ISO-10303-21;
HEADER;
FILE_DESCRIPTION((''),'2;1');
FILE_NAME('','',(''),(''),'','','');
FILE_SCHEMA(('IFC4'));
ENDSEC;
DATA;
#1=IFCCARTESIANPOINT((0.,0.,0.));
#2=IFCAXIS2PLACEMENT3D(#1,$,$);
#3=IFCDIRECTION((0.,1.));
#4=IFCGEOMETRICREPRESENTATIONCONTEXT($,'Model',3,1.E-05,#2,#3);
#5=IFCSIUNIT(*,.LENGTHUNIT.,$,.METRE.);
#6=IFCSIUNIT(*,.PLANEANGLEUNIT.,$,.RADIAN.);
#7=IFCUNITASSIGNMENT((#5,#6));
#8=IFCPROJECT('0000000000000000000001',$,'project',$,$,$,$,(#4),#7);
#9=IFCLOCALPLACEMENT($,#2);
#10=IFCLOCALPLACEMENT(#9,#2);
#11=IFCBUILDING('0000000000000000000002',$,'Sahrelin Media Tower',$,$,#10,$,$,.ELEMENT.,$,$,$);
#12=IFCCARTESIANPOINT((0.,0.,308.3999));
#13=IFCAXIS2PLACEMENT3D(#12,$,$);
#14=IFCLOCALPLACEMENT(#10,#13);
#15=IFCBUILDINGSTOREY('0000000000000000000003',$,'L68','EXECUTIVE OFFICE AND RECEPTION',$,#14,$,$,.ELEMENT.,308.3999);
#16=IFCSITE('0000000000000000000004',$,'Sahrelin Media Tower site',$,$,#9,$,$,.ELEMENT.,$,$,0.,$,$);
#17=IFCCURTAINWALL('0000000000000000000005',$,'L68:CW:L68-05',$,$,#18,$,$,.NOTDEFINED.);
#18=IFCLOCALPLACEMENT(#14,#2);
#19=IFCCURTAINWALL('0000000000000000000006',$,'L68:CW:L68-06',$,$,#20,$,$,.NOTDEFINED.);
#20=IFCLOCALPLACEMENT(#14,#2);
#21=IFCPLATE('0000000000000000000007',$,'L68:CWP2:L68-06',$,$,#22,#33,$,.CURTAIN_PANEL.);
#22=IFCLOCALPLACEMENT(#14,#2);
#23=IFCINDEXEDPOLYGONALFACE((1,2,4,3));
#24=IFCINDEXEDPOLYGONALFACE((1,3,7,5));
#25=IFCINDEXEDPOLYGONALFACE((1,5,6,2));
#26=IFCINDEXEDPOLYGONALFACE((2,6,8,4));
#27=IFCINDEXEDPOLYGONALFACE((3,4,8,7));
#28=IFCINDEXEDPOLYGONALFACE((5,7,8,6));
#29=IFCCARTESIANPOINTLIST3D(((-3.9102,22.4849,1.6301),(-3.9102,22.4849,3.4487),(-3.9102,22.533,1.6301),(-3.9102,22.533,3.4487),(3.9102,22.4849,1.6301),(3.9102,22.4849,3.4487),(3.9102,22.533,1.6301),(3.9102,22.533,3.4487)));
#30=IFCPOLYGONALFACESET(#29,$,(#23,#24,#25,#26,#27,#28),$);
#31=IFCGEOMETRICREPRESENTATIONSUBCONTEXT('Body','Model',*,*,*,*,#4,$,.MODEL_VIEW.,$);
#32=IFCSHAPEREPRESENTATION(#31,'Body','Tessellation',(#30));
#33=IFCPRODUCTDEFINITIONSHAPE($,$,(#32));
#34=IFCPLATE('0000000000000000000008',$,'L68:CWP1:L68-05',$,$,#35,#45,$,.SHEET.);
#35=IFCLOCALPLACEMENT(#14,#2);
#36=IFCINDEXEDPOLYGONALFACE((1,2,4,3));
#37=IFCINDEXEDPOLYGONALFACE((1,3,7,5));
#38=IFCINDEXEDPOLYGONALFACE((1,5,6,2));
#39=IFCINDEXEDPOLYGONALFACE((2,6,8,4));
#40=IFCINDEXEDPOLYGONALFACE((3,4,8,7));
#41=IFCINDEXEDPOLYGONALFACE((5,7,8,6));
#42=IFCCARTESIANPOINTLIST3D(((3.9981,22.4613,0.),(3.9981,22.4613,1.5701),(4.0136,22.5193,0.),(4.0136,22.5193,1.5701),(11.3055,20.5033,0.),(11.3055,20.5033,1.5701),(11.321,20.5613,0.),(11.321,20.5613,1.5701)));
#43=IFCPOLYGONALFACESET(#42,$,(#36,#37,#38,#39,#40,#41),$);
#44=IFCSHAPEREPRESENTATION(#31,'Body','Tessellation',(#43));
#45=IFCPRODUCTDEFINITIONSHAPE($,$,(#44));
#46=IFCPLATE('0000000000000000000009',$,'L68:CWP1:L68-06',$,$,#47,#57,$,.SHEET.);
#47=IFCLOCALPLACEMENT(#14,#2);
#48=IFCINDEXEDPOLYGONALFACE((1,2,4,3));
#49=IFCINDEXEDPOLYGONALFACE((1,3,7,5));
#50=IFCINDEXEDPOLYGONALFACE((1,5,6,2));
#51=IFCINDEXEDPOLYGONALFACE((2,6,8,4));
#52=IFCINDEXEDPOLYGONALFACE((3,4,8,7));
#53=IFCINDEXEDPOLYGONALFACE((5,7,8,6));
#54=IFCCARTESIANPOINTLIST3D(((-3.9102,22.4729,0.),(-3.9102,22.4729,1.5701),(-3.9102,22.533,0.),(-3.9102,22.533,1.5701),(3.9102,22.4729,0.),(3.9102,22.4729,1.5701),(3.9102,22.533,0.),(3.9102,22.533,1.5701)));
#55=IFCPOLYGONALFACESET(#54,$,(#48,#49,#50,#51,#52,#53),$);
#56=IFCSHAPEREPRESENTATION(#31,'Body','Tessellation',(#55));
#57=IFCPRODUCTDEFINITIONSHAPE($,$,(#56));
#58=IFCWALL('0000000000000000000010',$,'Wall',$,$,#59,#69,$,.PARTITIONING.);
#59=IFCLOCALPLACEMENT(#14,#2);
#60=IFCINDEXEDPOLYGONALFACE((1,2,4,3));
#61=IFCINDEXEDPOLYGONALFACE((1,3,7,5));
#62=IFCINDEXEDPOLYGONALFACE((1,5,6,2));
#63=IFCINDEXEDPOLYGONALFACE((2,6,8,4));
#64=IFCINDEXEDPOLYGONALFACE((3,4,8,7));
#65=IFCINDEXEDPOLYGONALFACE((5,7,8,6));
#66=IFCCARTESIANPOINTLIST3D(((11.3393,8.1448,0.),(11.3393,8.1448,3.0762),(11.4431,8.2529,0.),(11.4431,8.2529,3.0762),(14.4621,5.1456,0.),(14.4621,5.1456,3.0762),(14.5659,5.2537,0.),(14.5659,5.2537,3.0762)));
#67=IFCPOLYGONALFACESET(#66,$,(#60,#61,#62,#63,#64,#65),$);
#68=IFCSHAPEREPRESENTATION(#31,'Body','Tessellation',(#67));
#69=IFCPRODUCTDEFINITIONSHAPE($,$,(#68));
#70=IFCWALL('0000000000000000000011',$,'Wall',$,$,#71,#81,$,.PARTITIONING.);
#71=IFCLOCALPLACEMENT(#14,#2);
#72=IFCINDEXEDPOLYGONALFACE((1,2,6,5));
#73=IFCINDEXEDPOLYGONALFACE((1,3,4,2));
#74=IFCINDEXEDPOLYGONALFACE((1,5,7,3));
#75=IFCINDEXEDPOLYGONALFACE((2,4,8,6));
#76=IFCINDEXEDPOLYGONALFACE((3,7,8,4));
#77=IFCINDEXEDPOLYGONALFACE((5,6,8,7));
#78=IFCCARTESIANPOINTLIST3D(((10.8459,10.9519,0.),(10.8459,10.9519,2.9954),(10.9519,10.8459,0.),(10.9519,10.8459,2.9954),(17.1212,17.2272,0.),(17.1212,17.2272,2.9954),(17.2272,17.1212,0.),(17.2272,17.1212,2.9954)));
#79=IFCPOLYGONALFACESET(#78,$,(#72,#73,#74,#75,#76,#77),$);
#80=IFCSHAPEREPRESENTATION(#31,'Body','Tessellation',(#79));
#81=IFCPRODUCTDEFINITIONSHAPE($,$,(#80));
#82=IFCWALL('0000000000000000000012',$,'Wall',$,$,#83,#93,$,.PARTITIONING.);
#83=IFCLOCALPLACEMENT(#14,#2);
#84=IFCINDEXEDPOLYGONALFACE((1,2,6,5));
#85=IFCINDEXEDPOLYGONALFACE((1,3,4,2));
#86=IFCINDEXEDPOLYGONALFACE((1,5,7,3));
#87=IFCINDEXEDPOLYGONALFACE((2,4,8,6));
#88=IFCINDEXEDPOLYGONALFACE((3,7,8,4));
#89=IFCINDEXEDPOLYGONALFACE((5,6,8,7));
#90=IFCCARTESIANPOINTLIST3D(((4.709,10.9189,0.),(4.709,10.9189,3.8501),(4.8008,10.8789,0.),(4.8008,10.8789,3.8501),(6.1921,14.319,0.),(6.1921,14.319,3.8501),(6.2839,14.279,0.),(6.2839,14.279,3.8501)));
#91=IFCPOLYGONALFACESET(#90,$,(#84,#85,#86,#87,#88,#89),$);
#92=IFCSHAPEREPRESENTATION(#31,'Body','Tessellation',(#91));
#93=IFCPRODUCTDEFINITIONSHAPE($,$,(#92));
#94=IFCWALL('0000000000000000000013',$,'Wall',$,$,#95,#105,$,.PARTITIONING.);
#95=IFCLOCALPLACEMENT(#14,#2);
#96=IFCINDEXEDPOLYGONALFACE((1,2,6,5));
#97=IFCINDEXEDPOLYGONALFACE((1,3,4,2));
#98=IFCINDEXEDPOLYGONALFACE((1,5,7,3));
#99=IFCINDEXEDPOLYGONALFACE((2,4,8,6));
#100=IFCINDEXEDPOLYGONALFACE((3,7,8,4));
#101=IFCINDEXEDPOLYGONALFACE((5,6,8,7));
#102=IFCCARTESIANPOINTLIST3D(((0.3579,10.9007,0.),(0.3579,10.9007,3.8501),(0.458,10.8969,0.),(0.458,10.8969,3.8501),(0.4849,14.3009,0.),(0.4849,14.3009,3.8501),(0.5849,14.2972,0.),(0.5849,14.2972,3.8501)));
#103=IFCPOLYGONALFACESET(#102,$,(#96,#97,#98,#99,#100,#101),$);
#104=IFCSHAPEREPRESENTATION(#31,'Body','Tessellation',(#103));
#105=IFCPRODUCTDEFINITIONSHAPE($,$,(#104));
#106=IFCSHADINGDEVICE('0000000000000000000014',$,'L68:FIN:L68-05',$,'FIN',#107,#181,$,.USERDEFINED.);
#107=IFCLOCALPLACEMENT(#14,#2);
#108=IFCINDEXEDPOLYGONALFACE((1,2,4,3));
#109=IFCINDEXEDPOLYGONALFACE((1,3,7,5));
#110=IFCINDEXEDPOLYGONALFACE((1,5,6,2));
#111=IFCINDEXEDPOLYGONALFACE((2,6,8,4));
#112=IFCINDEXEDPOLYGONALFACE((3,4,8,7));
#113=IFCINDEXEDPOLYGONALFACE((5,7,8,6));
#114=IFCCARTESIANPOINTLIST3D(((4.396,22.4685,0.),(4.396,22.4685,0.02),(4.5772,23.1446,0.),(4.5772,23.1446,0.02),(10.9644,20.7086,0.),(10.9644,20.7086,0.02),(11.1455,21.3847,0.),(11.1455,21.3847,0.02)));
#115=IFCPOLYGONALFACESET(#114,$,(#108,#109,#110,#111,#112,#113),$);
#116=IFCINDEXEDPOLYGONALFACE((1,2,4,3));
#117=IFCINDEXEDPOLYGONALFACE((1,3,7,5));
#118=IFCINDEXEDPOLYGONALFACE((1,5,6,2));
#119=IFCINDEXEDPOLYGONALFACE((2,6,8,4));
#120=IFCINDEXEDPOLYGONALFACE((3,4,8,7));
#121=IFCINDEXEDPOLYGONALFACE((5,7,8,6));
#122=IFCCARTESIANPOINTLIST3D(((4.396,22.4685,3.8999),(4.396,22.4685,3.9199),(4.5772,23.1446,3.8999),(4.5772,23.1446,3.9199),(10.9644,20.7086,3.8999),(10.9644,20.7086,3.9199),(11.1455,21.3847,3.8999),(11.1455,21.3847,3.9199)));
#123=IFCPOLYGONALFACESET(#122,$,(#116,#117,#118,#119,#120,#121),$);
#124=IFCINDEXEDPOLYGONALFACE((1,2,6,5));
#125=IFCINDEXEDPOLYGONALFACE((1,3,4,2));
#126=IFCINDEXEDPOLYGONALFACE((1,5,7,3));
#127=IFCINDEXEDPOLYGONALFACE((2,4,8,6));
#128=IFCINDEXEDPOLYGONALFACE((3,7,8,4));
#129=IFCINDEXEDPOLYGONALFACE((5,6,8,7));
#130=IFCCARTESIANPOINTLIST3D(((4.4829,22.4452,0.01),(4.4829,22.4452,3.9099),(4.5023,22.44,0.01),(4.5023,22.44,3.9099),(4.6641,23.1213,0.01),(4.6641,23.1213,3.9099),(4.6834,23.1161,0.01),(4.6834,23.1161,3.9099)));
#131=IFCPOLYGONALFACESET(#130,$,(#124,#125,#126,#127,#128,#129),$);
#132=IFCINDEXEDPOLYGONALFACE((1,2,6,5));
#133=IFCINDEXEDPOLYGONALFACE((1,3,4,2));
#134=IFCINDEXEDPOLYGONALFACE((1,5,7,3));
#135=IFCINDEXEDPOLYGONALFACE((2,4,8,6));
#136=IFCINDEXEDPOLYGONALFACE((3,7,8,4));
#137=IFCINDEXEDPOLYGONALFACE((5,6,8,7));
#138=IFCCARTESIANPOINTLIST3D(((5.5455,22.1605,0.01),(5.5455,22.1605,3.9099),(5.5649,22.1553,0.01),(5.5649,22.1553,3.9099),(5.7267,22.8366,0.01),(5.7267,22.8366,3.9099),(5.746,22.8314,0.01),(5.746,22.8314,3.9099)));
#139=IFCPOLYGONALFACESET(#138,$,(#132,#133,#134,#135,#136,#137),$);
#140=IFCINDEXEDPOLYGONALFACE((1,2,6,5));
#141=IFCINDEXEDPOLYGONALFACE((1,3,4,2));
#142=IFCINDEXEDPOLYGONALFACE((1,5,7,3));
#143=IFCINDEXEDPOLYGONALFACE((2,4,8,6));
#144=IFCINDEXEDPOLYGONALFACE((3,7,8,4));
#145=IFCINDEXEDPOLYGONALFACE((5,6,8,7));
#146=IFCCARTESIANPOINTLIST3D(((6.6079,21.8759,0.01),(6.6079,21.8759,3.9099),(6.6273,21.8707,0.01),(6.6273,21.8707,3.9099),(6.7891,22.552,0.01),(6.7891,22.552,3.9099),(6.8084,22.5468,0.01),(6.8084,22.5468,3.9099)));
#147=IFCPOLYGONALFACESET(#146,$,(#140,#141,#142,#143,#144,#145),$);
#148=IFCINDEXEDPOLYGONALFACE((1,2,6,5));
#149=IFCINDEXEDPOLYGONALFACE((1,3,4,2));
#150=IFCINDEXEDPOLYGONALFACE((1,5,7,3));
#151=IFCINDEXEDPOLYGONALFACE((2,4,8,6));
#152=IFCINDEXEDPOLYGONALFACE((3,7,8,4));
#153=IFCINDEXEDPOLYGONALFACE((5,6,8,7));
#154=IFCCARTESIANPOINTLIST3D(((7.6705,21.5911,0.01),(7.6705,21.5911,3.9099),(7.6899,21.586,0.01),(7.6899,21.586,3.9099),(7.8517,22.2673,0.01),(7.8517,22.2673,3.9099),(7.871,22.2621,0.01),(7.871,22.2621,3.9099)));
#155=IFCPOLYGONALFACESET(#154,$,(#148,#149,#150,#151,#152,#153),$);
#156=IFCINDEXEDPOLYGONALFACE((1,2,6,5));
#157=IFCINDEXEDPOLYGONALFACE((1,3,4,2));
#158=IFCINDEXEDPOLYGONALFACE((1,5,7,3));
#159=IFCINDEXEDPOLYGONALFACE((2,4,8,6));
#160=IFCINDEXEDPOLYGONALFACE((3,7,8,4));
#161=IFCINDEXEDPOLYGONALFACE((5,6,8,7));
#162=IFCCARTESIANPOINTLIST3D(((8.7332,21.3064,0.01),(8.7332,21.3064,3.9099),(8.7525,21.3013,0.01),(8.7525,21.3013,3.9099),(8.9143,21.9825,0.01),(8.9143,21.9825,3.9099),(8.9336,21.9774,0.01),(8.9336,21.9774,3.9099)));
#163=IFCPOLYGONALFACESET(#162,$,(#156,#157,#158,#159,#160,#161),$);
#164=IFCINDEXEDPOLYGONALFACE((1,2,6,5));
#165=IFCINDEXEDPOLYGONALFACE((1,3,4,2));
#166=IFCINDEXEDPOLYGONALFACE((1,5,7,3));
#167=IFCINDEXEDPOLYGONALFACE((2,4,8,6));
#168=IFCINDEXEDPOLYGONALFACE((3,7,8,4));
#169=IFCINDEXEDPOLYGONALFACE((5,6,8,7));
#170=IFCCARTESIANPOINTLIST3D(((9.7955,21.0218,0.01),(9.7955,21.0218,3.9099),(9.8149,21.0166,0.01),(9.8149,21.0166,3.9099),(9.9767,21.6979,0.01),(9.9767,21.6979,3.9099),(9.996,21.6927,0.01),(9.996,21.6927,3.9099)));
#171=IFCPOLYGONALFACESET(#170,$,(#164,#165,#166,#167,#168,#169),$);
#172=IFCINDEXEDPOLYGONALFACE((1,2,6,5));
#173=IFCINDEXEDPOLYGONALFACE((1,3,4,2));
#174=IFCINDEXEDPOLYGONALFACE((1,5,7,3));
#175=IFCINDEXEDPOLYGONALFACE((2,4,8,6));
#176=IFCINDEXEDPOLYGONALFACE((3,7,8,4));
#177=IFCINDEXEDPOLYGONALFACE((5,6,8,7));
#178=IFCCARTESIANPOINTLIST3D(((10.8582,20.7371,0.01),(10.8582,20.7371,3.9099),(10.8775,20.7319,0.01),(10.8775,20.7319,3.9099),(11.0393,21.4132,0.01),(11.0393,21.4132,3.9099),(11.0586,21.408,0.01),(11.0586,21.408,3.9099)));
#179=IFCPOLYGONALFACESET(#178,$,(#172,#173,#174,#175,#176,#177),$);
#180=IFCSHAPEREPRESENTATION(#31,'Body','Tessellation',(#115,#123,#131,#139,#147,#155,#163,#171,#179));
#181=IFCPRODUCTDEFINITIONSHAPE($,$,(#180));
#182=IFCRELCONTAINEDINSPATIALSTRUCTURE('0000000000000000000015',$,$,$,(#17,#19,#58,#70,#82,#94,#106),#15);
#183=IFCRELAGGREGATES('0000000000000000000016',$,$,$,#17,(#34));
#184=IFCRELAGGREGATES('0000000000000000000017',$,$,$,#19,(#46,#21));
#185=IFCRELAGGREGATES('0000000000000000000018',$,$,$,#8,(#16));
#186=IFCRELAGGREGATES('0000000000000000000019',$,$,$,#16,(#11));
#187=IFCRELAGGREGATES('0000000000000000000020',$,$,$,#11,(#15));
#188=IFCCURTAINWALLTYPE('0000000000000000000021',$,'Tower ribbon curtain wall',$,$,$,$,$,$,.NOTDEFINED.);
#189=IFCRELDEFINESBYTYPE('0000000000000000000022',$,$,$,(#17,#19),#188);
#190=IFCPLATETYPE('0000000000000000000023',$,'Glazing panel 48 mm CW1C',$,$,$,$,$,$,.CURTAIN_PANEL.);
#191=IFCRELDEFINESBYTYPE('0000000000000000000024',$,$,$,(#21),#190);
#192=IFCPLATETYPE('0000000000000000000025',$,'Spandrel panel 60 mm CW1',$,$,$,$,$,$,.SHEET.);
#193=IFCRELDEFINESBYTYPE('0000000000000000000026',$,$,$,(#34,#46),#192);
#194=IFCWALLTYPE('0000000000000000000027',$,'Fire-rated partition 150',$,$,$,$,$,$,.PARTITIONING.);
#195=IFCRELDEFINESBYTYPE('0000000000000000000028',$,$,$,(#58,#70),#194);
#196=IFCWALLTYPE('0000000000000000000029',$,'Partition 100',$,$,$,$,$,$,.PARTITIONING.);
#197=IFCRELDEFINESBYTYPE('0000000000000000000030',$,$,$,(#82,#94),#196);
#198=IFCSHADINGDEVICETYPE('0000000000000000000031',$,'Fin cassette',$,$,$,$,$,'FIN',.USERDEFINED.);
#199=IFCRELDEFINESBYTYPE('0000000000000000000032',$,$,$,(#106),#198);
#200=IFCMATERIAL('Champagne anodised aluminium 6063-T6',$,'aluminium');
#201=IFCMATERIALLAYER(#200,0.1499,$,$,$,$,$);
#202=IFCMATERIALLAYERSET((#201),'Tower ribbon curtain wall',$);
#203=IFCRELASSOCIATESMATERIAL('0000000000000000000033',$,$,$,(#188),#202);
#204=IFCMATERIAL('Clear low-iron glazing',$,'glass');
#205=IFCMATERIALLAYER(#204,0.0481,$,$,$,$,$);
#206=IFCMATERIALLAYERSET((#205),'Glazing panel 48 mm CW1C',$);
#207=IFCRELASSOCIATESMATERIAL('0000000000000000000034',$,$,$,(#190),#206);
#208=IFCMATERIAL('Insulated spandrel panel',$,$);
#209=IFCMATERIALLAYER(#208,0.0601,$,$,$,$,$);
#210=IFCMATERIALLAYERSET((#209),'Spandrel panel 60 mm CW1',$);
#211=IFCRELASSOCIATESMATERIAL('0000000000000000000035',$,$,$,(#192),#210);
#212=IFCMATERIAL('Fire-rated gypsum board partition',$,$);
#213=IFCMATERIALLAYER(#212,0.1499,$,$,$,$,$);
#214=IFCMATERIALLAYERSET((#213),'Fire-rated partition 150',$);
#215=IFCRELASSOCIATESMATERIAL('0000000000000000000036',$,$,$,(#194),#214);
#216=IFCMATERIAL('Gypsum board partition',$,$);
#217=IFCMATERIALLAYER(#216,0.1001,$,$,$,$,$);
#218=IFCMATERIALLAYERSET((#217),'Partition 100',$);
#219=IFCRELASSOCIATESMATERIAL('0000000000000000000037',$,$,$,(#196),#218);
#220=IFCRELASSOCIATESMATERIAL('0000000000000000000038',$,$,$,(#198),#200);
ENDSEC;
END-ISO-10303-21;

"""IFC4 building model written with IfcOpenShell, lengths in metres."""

from ifc_helpers import new_model, si_unit, direction, frame, frame_2d, origin, origin_2d, place, context, subcontext, project, spatial, polyline, rectangle, outline, extrude, material, layer, layer_set, type_object, element, aggregate, save


model = new_model("IFC4")

# Units and contexts
model_context = context("Model", 3, precision=1e-05, world=origin(), true_north=direction((0.0, 1.0)))
body_context = subcontext(model_context, "Body", "Model", "MODEL_VIEW")
ifc_project = project(units=[si_unit("LENGTHUNIT", "METRE"), si_unit("PLANEANGLEUNIT", "RADIAN")], contexts=[model_context])

# Site, building, storey
site_placement = place(None, origin())
site = spatial("IfcSite", under=ifc_project, at=site_placement, Name="Sahrelin Media Tower site", CompositionType="ELEMENT", RefElevation=0.0)
building_placement = place(site_placement, origin())
building = spatial("IfcBuilding", under=site, at=building_placement, Name="Sahrelin Media Tower", CompositionType="ELEMENT")
storey_placement = place(building_placement, frame((0.0, 0.0, 308.3999)))
storey = spatial("IfcBuildingStorey", under=building, at=storey_placement, Name="L68", Description="EXECUTIVE OFFICE AND RECEPTION", CompositionType="ELEMENT", Elevation=308.3999)

# Curtain walls
ifc_material_1 = material(Name="Champagne anodised aluminium 6063-T6", Category="aluminium")
ifc_layer_1 = layer(ifc_material_1, 0.1499)
ifc_layer_set_1 = layer_set([ifc_layer_1], Name="Tower ribbon curtain wall")
curtain_wall_type = type_object("IfcCurtainWallType", Name="Tower ribbon curtain wall", PredefinedType="NOTDEFINED", material=ifc_layer_set_1)
curtain_wall_1_placement = place(storey_placement, frame((7.6621, 21.521, 0.0), z_axis=(0.0, 0.0, 1.0), x_axis=(1.0, 0.0, 0.0)))
curtain_wall_1 = element("IfcCurtainWall", 1, at=curtain_wall_1_placement, inside=storey, type_object=curtain_wall_type, Name="L68:CW:L68-05", PredefinedType="NOTDEFINED")
placement_1 = place(storey_placement, frame((0.0, 22.5129, 0.0), z_axis=(0.0, 0.0, 1.0), x_axis=(1.0, 0.0, 0.0)))
curtain_wall_2 = element("IfcCurtainWall", 2, at=placement_1, inside=storey, type_object=curtain_wall_type, Name="L68:CW:L68-06", PredefinedType="NOTDEFINED")

# Plates
ifc_material_2 = material(Name="Clear low-iron glazing", Category="glass")
ifc_layer_2 = layer(ifc_material_2, 0.0481)
ifc_layer_set_2 = layer_set([ifc_layer_2], Name="Glazing panel 48 mm CW1C")
plate_type_1 = type_object("IfcPlateType", Name="Glazing panel 48 mm CW1C", PredefinedType="CURTAIN_PANEL", material=ifc_layer_set_2)
plate_1_placement = place(storey_placement, frame((3.9102, 22.533, 1.6301), z_axis=(0.0, 1.0, 0.0), x_axis=(-1.0, 0.0, 0.0)))
plate_1 = element("IfcPlate", 3, at=plate_1_placement, type_object=plate_type_1, Name="L68:CWP2:L68-06", PredefinedType="CURTAIN_PANEL", context=body_context, shape_type="SweptSolid", body=[
    extrude(outline(polyline([(0.0, 0.0), (7.8203, 0.0), (7.8203, 1.8186), (0.0, 1.8186), (0.0, 0.0)])), origin(), (0.0, 0.0, -1.0), 0.0481),
])
ifc_material_3 = material(Name="Insulated spandrel panel")
ifc_layer_3 = layer(ifc_material_3, 0.0601)
ifc_layer_set_3 = layer_set([ifc_layer_3], Name="Spandrel panel 60 mm CW1")
plate_type_2 = type_object("IfcPlateType", Name="Spandrel panel 60 mm CW1", PredefinedType="SHEET", material=ifc_layer_set_3)
plate_2_placement = place(storey_placement, frame((11.321, 20.5613, 0.0), z_axis=(0.258819, 0.965926, 0.0), x_axis=(-0.965926, 0.258819, 0.0)))
plate_2 = element("IfcPlate", 4, at=plate_2_placement, type_object=plate_type_2, Name="L68:CWP1:L68-05", PredefinedType="SHEET", context=body_context, shape_type="SweptSolid", body=[
    extrude(outline(polyline([(0.0, 0.0), (7.5652, 0.0), (7.5652, 1.5701), (0.0, 1.5701), (0.0, 0.0)])), origin(), (0.0, 0.0, -1.0), 0.0601),
])
aggregate(curtain_wall_1, [plate_2])
plate_3_placement = place(storey_placement, frame((3.9102, 22.533, 0.0), z_axis=(0.0, 1.0, 0.0), x_axis=(-1.0, 0.0, 0.0)))
plate_3 = element("IfcPlate", 5, at=plate_3_placement, type_object=plate_type_2, Name="L68:CWP1:L68-06", PredefinedType="SHEET", context=body_context, shape_type="SweptSolid", body=[
    extrude(outline(polyline([(0.0, 0.0), (7.8203, 0.0), (7.8203, 1.5701), (0.0, 1.5701), (0.0, 0.0)])), origin(), (0.0, 0.0, -1.0), 0.0601),
])
aggregate(curtain_wall_2, [plate_3, plate_1])

# Walls
ifc_material_4 = material(Name="Fire-rated gypsum board partition")
ifc_layer_4 = layer(ifc_material_4, 0.1499)
ifc_layer_set_4 = layer_set([ifc_layer_4], Name="Fire-rated partition 150")
wall_type_1 = type_object("IfcWallType", Name="Fire-rated partition 150", PredefinedType="PARTITIONING", material=ifc_layer_set_4)
wall_1_placement = place(storey_placement, frame((11.3911, 8.199, 0.0), z_axis=(0.0, 0.0, 1.0), x_axis=(0.721228, -0.692697, 0.0)))
element("IfcWall", 6, at=wall_1_placement, inside=storey, type_object=wall_type_1, Name="Wall", PredefinedType="PARTITIONING", context=body_context, shape_type="SweptSolid", body=[
    extrude(rectangle(XDim=4.3298, YDim=0.1499, at=frame_2d((2.165, 0.0))), origin(), (0.0, 0.0, 1.0), 3.0762),
])
wall_2_placement = place(storey_placement, frame((10.8989, 10.8989, 0.0), z_axis=(0.0, 0.0, 1.0), x_axis=(0.707107, 0.707107, 0.0)))
element("IfcWall", 7, at=wall_2_placement, inside=storey, type_object=wall_type_1, Name="Wall", PredefinedType="PARTITIONING", context=body_context, shape_type="SweptSolid", body=[
    extrude(rectangle(XDim=8.8745, YDim=0.1499, at=frame_2d((4.4373, 0.0))), origin(), (0.0, 0.0, 1.0), 2.9954),
])
ifc_material_5 = material(Name="Gypsum board partition")
ifc_layer_5 = layer(ifc_material_5, 0.1001)
ifc_layer_set_5 = layer_set([ifc_layer_5], Name="Partition 100")
wall_type_2 = type_object("IfcWallType", Name="Partition 100", PredefinedType="PARTITIONING", material=ifc_layer_set_5)
wall_3_placement = place(storey_placement, frame((4.7549, 10.8989, 0.0), z_axis=(0.0, 0.0, 1.0), x_axis=(0.399821, 0.916593, 0.0)))
element("IfcWall", 8, at=wall_3_placement, inside=storey, type_object=wall_type_2, Name="Wall", PredefinedType="PARTITIONING", context=body_context, shape_type="SweptSolid", body=[
    extrude(rectangle(XDim=3.7095, YDim=0.1001, at=frame_2d((1.8547, 0.0))), origin(), (0.0, 0.0, 1.0), 3.8501),
])
wall_4_placement = place(storey_placement, frame((0.408, 10.8989, 0.0), z_axis=(0.0, 0.0, 1.0), x_axis=(0.037312, 0.999304, 0.0)))
element("IfcWall", 9, at=wall_4_placement, inside=storey, type_object=wall_type_2, Name="Wall", PredefinedType="PARTITIONING", context=body_context, shape_type="SweptSolid", body=[
    extrude(rectangle(XDim=3.4026, YDim=0.1001, at=frame_2d((1.7012, 0.0))), origin(), (0.0, 0.0, 1.0), 3.8501),
])

# Shading device
shading_device_type_1 = type_object("IfcShadingDeviceType", Name="Fin cassette", ElementType="FIN", PredefinedType="USERDEFINED", material=ifc_material_1)
placement_2 = place(storey_placement, frame((7.6621, 21.521, 0.0), z_axis=(0.0, 0.0, 1.0), x_axis=(0.965929, -0.258808, 0.0)))
element("IfcShadingDevice", 10, at=placement_2, inside=storey, type_object=shading_device_type_1, Name="L68:FIN:L68-05", ObjectType="FIN", PredefinedType="USERDEFINED", context=body_context, shape_type="SweptSolid", body=[
    extrude(rectangle(XDim=6.8, YDim=0.7, at=origin_2d()), frame((0.0, 0.4199, 0.0)), (0.0, 0.0, 1.0), 0.02),
    extrude(rectangle(XDim=6.8, YDim=0.7, at=origin_2d()), frame((0.0, 0.4199, 3.8999)), (0.0, 0.0, 1.0), 0.02),
    extrude(rectangle(XDim=0.02, YDim=0.7, at=origin_2d()), frame((-3.3, 0.4199, 0.01), z_axis=(0.0, 0.0, 1.0), x_axis=(1.0, 0.0, 0.0)), (0.0, 0.0, 1.0), 3.8999),
    extrude(rectangle(XDim=0.02, YDim=0.7, at=origin_2d()), frame((-2.2, 0.4199, 0.01), z_axis=(0.0, 0.0, 1.0), x_axis=(1.0, 0.0, 0.0)), (0.0, 0.0, 1.0), 3.8999),
    extrude(rectangle(XDim=0.02, YDim=0.7, at=origin_2d()), frame((-1.1001, 0.4199, 0.01), z_axis=(0.0, 0.0, 1.0), x_axis=(1.0, 0.0, 0.0)), (0.0, 0.0, 1.0), 3.8999),
    extrude(rectangle(XDim=0.02, YDim=0.7, at=origin_2d()), frame((0.0, 0.4199, 0.01), z_axis=(0.0, 0.0, 1.0), x_axis=(1.0, 0.0, 0.0)), (0.0, 0.0, 1.0), 3.8999),
    extrude(rectangle(XDim=0.02, YDim=0.7, at=origin_2d()), frame((1.1001, 0.4199, 0.01), z_axis=(0.0, 0.0, 1.0), x_axis=(1.0, 0.0, 0.0)), (0.0, 0.0, 1.0), 3.8999),
    extrude(rectangle(XDim=0.02, YDim=0.7, at=origin_2d()), frame((2.2, 0.4199, 0.01), z_axis=(0.0, 0.0, 1.0), x_axis=(1.0, 0.0, 0.0)), (0.0, 0.0, 1.0), 3.8999),
    extrude(rectangle(XDim=0.02, YDim=0.7, at=origin_2d()), frame((3.3, 0.4199, 0.01), z_axis=(0.0, 0.0, 1.0), x_axis=(1.0, 0.0, 0.0)), (0.0, 0.0, 1.0), 3.8999),
])

save(model, "model.ifc")
